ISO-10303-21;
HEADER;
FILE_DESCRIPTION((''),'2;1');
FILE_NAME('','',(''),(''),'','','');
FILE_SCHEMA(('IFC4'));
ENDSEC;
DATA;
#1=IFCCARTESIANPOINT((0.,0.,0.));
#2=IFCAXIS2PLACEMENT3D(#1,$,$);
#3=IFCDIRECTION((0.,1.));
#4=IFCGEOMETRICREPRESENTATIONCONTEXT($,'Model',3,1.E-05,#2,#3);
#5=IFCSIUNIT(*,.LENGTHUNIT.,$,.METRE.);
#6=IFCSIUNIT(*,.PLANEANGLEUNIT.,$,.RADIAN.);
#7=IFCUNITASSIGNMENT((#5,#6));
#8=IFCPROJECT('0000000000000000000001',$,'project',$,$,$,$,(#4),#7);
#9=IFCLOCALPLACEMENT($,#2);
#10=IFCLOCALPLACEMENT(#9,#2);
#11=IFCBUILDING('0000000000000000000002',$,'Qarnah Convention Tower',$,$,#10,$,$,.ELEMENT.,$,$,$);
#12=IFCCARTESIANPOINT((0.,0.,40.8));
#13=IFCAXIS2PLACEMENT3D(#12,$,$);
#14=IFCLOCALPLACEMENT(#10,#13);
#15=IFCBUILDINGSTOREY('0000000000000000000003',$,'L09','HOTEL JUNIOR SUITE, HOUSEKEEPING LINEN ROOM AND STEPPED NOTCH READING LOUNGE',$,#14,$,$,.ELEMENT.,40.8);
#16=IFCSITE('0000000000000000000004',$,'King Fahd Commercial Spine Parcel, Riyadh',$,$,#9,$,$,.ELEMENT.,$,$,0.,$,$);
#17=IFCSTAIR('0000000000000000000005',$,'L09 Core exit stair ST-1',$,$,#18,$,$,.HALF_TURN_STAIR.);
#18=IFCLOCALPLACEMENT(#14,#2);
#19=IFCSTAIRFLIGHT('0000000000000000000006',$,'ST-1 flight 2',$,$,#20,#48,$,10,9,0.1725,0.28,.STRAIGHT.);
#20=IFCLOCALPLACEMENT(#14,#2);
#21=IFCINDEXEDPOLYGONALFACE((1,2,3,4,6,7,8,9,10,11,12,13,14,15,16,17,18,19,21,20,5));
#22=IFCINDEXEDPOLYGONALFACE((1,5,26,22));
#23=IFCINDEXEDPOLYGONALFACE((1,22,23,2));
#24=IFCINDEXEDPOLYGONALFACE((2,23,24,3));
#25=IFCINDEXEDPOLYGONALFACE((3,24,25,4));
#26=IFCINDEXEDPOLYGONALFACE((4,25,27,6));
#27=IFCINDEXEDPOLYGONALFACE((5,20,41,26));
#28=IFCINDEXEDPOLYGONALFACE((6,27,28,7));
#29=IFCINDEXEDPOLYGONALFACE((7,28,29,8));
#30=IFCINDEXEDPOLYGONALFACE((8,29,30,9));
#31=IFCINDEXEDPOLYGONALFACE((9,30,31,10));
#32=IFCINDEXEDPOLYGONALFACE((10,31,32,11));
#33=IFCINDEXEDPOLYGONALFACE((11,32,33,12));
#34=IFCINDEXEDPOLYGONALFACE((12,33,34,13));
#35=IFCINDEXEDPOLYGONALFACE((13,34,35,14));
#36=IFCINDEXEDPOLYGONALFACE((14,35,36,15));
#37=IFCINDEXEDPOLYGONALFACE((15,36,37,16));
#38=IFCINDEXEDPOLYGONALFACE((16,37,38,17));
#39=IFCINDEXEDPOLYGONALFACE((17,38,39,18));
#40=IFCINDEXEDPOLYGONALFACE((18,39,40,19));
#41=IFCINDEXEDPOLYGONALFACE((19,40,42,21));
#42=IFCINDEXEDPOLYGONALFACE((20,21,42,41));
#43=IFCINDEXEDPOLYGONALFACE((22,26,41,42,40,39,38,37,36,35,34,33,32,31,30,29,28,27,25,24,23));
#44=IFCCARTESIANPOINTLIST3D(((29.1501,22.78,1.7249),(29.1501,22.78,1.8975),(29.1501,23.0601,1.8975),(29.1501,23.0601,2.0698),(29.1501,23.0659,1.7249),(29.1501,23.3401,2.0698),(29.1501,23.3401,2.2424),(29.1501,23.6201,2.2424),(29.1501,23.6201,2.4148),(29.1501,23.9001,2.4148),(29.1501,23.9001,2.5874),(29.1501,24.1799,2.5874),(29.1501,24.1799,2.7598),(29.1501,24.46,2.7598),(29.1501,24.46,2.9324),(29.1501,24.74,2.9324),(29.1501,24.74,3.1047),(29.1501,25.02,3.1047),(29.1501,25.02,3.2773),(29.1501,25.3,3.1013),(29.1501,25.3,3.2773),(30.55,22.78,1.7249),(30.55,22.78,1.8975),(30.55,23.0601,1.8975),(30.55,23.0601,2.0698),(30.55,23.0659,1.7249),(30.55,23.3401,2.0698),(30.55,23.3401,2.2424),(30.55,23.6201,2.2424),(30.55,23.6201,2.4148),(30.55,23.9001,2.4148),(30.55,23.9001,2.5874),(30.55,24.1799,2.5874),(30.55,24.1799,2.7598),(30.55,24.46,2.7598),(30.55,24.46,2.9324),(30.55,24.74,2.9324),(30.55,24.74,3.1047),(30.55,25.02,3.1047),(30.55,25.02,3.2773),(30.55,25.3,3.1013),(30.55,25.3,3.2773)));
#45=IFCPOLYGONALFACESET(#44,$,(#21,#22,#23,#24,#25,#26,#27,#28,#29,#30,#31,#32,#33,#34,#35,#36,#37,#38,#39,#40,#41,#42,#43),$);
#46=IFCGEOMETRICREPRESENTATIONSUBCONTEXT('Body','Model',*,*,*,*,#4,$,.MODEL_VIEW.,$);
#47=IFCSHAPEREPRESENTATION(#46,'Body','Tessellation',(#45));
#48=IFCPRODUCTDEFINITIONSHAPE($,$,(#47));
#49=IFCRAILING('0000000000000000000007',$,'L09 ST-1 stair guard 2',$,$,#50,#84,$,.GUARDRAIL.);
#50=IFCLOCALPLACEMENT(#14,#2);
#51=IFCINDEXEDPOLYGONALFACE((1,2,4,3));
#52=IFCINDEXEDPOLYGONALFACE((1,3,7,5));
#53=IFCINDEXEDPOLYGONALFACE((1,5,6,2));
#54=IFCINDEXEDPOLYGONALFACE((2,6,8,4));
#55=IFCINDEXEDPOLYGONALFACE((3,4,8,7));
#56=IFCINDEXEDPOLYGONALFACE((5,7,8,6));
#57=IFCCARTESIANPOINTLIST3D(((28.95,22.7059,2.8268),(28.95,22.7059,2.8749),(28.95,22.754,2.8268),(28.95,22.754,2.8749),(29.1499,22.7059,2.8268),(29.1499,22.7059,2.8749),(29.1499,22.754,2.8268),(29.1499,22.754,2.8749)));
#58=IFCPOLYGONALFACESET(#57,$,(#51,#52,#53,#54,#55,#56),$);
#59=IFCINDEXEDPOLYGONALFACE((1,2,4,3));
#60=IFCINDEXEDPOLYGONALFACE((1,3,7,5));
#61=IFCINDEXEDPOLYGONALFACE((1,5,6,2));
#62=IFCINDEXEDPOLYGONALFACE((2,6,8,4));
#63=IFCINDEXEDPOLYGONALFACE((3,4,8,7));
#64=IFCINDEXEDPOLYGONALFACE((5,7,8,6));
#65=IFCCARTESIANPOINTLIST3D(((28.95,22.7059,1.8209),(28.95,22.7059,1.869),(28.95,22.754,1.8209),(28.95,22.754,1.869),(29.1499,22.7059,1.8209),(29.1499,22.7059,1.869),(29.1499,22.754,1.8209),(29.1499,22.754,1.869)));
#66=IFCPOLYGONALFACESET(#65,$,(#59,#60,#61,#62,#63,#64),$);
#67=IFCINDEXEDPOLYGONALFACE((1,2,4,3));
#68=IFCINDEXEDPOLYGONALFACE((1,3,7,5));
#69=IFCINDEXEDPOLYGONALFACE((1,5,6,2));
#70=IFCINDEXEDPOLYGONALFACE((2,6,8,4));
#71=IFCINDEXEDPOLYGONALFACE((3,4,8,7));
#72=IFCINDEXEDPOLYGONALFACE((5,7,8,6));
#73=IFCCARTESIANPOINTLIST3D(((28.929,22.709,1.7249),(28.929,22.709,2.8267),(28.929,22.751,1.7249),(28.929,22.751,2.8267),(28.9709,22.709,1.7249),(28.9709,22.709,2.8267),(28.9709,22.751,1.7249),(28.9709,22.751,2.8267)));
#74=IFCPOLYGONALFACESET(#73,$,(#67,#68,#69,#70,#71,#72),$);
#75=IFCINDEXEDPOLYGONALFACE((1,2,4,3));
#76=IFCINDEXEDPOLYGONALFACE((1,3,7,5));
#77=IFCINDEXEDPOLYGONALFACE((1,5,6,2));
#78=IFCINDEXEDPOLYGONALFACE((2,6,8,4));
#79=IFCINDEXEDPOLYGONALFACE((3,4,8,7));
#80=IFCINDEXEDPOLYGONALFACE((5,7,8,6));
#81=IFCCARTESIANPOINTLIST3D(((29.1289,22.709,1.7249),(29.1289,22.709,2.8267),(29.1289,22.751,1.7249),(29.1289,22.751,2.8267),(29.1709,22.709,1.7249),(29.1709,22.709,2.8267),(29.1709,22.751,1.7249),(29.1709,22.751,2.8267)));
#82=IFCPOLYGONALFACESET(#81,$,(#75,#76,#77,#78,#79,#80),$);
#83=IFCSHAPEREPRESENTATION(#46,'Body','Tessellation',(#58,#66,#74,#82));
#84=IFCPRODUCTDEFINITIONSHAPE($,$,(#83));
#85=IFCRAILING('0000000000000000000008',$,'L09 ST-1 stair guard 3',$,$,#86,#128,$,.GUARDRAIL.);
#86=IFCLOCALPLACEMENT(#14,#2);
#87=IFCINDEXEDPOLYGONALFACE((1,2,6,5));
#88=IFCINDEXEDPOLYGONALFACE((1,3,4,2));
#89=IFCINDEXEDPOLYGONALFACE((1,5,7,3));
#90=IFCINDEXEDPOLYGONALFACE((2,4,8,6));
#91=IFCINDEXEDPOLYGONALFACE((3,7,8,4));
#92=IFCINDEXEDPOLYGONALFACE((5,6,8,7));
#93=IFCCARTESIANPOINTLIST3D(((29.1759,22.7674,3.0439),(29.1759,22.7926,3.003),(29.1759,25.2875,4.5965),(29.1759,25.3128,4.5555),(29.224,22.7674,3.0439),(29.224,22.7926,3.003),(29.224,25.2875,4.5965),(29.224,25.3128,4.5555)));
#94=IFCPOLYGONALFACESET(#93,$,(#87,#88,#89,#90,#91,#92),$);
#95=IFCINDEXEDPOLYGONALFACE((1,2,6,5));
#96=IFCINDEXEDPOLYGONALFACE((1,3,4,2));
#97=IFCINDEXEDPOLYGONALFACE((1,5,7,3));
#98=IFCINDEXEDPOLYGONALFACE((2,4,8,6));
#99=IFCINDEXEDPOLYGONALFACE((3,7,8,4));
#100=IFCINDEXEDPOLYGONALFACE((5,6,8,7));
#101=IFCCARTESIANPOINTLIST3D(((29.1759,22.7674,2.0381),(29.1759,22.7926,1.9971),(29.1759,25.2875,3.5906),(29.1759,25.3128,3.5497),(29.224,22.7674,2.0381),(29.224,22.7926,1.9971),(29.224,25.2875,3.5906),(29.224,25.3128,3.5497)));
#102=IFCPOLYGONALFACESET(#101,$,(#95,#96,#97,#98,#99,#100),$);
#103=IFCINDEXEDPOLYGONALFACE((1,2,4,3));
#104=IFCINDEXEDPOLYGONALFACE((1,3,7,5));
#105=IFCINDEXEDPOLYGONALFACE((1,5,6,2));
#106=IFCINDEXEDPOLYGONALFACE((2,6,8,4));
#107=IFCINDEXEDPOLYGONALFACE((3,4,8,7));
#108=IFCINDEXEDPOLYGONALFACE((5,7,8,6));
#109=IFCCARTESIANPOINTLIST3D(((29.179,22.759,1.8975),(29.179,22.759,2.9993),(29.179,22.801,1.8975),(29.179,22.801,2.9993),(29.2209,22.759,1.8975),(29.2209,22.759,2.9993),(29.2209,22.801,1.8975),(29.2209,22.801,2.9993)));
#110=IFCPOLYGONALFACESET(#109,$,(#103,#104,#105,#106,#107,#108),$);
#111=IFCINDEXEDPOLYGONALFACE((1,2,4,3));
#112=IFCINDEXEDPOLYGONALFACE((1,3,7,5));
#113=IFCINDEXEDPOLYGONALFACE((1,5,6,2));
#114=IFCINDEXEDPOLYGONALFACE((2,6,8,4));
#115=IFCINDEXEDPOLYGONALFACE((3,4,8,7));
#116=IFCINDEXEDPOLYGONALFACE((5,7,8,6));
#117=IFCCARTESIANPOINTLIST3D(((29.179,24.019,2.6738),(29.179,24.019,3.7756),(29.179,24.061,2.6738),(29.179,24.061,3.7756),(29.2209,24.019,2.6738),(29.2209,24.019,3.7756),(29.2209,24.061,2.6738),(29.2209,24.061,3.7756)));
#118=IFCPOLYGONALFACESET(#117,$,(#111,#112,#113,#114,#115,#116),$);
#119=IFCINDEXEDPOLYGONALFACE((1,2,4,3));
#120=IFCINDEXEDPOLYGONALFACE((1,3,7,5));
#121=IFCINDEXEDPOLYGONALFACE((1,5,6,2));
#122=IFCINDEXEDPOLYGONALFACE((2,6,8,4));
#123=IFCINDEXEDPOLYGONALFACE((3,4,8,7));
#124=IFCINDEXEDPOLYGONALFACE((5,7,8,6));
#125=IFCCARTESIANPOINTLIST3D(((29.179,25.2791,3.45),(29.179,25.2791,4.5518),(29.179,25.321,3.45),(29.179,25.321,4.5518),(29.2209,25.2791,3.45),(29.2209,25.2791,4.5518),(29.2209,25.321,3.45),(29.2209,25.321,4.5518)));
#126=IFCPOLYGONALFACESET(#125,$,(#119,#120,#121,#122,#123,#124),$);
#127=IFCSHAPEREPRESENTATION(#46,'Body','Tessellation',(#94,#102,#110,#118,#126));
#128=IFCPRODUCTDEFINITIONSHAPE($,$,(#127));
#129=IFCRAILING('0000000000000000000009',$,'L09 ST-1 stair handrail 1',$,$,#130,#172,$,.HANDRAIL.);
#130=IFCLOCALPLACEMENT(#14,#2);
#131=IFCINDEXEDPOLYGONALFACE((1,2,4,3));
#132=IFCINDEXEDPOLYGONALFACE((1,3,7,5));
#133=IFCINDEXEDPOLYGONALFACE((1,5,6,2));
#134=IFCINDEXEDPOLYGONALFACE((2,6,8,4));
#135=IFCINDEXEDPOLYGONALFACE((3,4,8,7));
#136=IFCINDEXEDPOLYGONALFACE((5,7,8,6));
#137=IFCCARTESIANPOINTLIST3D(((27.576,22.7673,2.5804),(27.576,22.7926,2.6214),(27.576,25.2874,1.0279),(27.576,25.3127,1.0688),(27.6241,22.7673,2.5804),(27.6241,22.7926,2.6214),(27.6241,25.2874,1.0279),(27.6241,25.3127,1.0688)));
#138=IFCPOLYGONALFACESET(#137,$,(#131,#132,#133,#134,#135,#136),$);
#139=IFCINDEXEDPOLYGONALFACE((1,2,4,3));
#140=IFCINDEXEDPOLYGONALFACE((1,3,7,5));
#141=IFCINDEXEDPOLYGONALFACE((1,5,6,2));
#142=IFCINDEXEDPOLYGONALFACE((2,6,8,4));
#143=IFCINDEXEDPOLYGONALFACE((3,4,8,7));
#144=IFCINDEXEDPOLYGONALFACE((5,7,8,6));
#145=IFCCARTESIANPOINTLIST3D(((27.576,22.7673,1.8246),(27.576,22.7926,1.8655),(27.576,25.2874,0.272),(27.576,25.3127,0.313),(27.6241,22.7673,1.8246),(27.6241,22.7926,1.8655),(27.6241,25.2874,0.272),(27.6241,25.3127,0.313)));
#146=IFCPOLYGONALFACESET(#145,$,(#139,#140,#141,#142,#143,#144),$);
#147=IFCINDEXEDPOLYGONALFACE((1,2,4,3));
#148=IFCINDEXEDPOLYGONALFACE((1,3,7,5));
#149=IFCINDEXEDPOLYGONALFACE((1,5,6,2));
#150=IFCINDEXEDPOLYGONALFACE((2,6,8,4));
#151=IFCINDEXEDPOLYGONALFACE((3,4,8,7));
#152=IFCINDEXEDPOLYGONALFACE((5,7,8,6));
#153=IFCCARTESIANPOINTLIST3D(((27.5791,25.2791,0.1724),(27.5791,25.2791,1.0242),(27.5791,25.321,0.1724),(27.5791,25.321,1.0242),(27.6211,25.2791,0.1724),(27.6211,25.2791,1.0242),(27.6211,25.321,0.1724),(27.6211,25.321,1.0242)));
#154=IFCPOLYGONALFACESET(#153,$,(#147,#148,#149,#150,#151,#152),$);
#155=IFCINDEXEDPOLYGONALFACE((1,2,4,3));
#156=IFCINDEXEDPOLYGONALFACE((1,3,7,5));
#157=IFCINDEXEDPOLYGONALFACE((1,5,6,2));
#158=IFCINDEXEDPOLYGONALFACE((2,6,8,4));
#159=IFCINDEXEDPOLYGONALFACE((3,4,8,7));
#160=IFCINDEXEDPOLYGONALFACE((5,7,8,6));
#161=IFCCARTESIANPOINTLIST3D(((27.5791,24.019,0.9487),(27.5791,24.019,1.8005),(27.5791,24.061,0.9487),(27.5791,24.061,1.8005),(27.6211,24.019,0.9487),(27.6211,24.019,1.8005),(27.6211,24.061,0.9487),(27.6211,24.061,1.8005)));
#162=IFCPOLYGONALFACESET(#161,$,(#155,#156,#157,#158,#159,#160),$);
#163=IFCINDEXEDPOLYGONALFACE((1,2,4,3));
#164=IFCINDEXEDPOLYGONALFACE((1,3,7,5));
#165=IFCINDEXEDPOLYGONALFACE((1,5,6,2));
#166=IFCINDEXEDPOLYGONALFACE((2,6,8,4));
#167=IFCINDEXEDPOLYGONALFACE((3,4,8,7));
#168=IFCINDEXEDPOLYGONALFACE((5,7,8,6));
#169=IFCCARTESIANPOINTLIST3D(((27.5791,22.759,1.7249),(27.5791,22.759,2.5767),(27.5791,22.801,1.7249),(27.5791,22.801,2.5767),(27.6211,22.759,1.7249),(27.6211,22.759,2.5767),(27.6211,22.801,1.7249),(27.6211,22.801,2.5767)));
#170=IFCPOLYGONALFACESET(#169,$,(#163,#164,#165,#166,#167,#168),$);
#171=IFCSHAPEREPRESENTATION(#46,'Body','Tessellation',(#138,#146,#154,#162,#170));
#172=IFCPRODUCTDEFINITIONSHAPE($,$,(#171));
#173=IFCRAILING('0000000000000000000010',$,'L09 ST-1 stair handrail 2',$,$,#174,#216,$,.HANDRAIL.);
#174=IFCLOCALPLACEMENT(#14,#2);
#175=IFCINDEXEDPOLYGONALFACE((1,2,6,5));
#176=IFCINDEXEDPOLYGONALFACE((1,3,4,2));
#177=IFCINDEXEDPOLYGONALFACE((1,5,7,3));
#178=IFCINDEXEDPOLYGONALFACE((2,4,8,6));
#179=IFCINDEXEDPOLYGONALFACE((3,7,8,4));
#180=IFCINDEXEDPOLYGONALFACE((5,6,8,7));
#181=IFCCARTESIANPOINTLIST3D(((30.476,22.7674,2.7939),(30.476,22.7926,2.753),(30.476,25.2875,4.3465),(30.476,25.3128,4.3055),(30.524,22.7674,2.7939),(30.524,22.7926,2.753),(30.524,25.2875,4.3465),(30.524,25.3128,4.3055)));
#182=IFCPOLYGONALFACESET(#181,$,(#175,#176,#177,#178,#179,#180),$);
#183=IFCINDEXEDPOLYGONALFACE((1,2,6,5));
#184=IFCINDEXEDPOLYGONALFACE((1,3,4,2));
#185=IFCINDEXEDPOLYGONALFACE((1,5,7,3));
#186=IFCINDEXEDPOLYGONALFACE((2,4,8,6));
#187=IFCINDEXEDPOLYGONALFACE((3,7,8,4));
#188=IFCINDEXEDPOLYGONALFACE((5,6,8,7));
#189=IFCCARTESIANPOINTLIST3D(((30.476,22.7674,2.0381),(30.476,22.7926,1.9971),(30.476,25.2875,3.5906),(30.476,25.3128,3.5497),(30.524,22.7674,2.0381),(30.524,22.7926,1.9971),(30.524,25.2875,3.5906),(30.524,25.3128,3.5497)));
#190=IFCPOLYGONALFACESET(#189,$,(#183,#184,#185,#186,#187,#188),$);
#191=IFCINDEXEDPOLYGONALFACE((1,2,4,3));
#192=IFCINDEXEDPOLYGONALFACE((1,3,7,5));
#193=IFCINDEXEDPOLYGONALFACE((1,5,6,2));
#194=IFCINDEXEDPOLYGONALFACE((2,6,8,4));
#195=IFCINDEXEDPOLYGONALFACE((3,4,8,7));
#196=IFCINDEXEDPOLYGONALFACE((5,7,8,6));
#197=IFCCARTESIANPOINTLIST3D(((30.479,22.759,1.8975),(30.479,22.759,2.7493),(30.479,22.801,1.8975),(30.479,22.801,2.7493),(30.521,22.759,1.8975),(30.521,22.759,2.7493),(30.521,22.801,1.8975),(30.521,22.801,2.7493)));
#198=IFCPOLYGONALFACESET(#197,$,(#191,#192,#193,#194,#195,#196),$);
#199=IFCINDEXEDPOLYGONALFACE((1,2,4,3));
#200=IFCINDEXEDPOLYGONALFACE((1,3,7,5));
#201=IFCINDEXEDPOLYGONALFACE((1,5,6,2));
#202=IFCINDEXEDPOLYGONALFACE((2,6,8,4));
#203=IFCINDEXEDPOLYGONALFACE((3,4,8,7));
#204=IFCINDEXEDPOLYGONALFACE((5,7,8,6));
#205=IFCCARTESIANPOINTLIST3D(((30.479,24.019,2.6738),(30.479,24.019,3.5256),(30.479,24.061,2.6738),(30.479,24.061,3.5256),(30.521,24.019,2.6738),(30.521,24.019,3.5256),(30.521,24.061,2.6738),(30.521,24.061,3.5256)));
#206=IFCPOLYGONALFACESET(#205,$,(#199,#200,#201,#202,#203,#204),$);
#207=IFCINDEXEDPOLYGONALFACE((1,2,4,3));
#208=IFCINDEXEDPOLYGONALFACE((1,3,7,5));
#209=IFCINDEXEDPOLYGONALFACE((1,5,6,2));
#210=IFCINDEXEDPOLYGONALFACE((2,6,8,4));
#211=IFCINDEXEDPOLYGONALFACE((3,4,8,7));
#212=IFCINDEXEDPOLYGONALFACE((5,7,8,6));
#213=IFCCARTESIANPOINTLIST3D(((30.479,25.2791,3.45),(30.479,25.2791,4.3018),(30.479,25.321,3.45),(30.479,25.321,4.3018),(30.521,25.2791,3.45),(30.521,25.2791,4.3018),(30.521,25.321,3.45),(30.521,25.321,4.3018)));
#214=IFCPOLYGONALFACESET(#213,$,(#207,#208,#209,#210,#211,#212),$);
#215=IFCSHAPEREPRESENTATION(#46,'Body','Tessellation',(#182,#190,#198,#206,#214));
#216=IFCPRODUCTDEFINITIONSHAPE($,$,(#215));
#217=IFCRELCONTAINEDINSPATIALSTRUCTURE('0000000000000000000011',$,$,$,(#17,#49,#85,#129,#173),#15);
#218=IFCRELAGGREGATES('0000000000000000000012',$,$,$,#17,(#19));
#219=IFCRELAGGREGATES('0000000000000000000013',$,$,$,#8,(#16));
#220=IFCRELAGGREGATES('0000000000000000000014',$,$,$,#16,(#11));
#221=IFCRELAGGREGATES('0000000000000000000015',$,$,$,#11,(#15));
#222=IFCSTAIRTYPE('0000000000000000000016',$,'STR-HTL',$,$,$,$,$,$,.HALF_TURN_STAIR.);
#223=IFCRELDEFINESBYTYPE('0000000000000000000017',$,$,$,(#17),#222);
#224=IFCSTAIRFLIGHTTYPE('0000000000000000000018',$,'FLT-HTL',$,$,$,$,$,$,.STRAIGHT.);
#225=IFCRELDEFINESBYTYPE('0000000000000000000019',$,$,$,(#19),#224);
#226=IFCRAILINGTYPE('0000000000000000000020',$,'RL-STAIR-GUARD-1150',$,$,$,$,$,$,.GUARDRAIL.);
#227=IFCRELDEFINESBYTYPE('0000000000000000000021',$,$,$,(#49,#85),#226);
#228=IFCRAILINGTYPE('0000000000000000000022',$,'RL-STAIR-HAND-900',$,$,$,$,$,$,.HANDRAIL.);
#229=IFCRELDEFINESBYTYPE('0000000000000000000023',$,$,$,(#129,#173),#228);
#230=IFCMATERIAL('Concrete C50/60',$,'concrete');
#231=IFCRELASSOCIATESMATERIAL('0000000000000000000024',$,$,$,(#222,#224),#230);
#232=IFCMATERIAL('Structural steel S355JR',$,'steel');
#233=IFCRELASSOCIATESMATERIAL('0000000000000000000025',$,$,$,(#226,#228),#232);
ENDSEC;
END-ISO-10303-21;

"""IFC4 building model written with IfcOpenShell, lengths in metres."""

from ifc_helpers import new_model, si_unit, direction, frame, origin, origin_2d, place, context, subcontext, project, spatial, polyline, rectangle, outline, extrude, material, type_object, element, aggregate, save


model = new_model("IFC4")

# Units and contexts
model_context = context("Model", 3, precision=1e-05, world=origin(), true_north=direction((0.0, 1.0)))
body_context = subcontext(model_context, "Body", "Model", "MODEL_VIEW")
ifc_project = project(units=[si_unit("LENGTHUNIT", "METRE"), si_unit("PLANEANGLEUNIT", "RADIAN")], contexts=[model_context])

# Site, building, storey
site_placement = place(None, origin())
site = spatial("IfcSite", under=ifc_project, at=site_placement, Name="King Fahd Commercial Spine Parcel, Riyadh", CompositionType="ELEMENT", RefElevation=0.0)
building_placement = place(site_placement, origin())
building = spatial("IfcBuilding", under=site, at=building_placement, Name="Qarnah Convention Tower", CompositionType="ELEMENT")
storey_placement = place(building_placement, frame((0.0, 0.0, 40.8)))
storey = spatial("IfcBuildingStorey", under=building, at=storey_placement, Name="L09", Description="HOTEL JUNIOR SUITE, HOUSEKEEPING LINEN ROOM AND STEPPED NOTCH READING LOUNGE", CompositionType="ELEMENT", Elevation=40.8)

# Shared definitions
ifc_material_1 = material(Name="Structural steel S355JR", Category="steel")

# Stair, stair flight
ifc_material_2 = material(Name="Concrete C50/60", Category="concrete")
stair_type = type_object("IfcStairType", Name="STR-HTL", PredefinedType="HALF_TURN_STAIR", material=ifc_material_2)
stair_placement = place(storey_placement, origin())
stair = element("IfcStair", 1, at=stair_placement, inside=storey, type_object=stair_type, Name="L09 Core exit stair ST-1", PredefinedType="HALF_TURN_STAIR")
stair_flight_type = type_object("IfcStairFlightType", Name="FLT-HTL", PredefinedType="STRAIGHT", material=ifc_material_2)
stair_flight_placement = place(storey_placement, frame((29.8501, 22.78, 1.7249), z_axis=(0.0, 0.0, 1.0), x_axis=(0.0, 1.0, 0.0)))
stair_flight = element("IfcStairFlight", 2, at=stair_flight_placement, type_object=stair_flight_type, Name="ST-1 flight 2", NumberOfRisers=10, NumberOfTreads=9, PredefinedType="STRAIGHT", RiserHeight=0.1725, TreadLength=0.28, context=body_context, shape_type="SweptSolid", body=[
    extrude(outline(polyline([(0.0, 0.0), (0.0, 0.1726), (0.28, 0.1726), (0.28, 0.345), (0.5601, 0.345), (0.5601, 0.5176), (0.8401, 0.5176), (0.8401, 0.6899), (1.1201, 0.6899), (1.1201, 0.8625), (1.3999, 0.8625), (1.3999, 1.0349), (1.6799, 1.0349), (1.6799, 1.2075), (1.96, 1.2075), (1.96, 1.3799), (2.24, 1.3799), (2.24, 1.5525), (2.52, 1.5525), (2.52, 1.7251), (2.52, 1.3765), (0.2859, 0.0), (0.0, 0.0)])), frame((0.0, 0.7, 0.0), z_axis=(0.0, -1.0, 0.0), x_axis=(1.0, 0.0, 0.0)), (0.0, 0.0, 1.0), 1.3999),
])
aggregate(stair, [stair_flight])

# Railings
railing_type_1 = type_object("IfcRailingType", Name="RL-STAIR-GUARD-1150", PredefinedType="GUARDRAIL", material=ifc_material_1)
railing_1_placement = place(storey_placement, frame((28.95, 22.73, 1.7249)))
element("IfcRailing", 3, at=railing_1_placement, inside=storey, type_object=railing_type_1, Name="L09 ST-1 stair guard 2", PredefinedType="GUARDRAIL", context=body_context, shape_type="SweptSolid", body=[
    extrude(rectangle(XDim=0.0481, YDim=0.0481, at=origin_2d()), frame((0.0, 0.0, 1.126), z_axis=(1.0, 0.0, 0.0), x_axis=(0.0, 1.0, 0.0)), (0.0, 0.0, 1.0), 0.2),
    extrude(rectangle(XDim=0.0481, YDim=0.0481, at=origin_2d()), frame((0.0, 0.0, 0.1201), z_axis=(1.0, 0.0, 0.0), x_axis=(0.0, 1.0, 0.0)), (0.0, 0.0, 1.0), 0.2),
    extrude(rectangle(XDim=0.042, YDim=0.042, at=origin_2d()), origin(), (0.0, 0.0, 1.0), 1.1018),
    extrude(rectangle(XDim=0.042, YDim=0.042, at=origin_2d()), frame((0.2, 0.0, 0.0)), (0.0, 0.0, 1.0), 1.1018),
])
railing_2_placement = place(storey_placement, frame((29.2, 22.78, 1.8975)))
element("IfcRailing", 4, at=railing_2_placement, inside=storey, type_object=railing_type_1, Name="L09 ST-1 stair guard 3", PredefinedType="GUARDRAIL", context=body_context, shape_type="SweptSolid", body=[
    extrude(rectangle(XDim=0.0481, YDim=0.0481, at=origin_2d()), frame((0.0, 0.0, 1.126), z_axis=(0.0, 0.8514, 0.524516), x_axis=(-1.0, 0.0, 0.0)), (0.0, 0.0, 1.0), 2.96),
    extrude(rectangle(XDim=0.0481, YDim=0.0481, at=origin_2d()), frame((0.0, 0.0, 0.1201), z_axis=(0.0, 0.8514, 0.524516), x_axis=(-1.0, 0.0, 0.0)), (0.0, 0.0, 1.0), 2.96),
    extrude(rectangle(XDim=0.042, YDim=0.042, at=origin_2d()), origin(), (0.0, 0.0, 1.0), 1.1018),
    extrude(rectangle(XDim=0.042, YDim=0.042, at=origin_2d()), frame((0.0, 1.26, 0.7764)), (0.0, 0.0, 1.0), 1.1018),
    extrude(rectangle(XDim=0.042, YDim=0.042, at=origin_2d()), frame((0.0, 2.52, 1.5525)), (0.0, 0.0, 1.0), 1.1018),
])
railing_type_2 = type_object("IfcRailingType", Name="RL-STAIR-HAND-900", PredefinedType="HANDRAIL", material=ifc_material_1)
railing_3_placement = place(storey_placement, frame((27.6001, 25.3, 0.1724)))
element("IfcRailing", 5, at=railing_3_placement, inside=storey, type_object=railing_type_2, Name="L09 ST-1 stair handrail 1", PredefinedType="HANDRAIL", context=body_context, shape_type="SweptSolid", body=[
    extrude(rectangle(XDim=0.0481, YDim=0.0481, at=origin_2d()), frame((0.0, 0.0, 0.876), z_axis=(0.0, -0.8514, 0.524516), x_axis=(1.0, 0.0, 0.0)), (0.0, 0.0, 1.0), 2.96),
    extrude(rectangle(XDim=0.0481, YDim=0.0481, at=origin_2d()), frame((0.0, 0.0, 0.1201), z_axis=(0.0, -0.8514, 0.524516), x_axis=(1.0, 0.0, 0.0)), (0.0, 0.0, 1.0), 2.96),
    extrude(rectangle(XDim=0.042, YDim=0.042, at=origin_2d()), origin(), (0.0, 0.0, 1.0), 0.8518),
    extrude(rectangle(XDim=0.042, YDim=0.042, at=origin_2d()), frame((0.0, -1.26, 0.7764)), (0.0, 0.0, 1.0), 0.8518),
    extrude(rectangle(XDim=0.042, YDim=0.042, at=origin_2d()), frame((0.0, -2.52, 1.5525)), (0.0, 0.0, 1.0), 0.8518),
])
railing_4_placement = place(storey_placement, frame((30.5, 22.78, 1.8975)))
element("IfcRailing", 6, at=railing_4_placement, inside=storey, type_object=railing_type_2, Name="L09 ST-1 stair handrail 2", PredefinedType="HANDRAIL", context=body_context, shape_type="SweptSolid", body=[
    extrude(rectangle(XDim=0.0481, YDim=0.0481, at=origin_2d()), frame((0.0, 0.0, 0.876), z_axis=(0.0, 0.8514, 0.524516), x_axis=(-1.0, 0.0, 0.0)), (0.0, 0.0, 1.0), 2.96),
    extrude(rectangle(XDim=0.0481, YDim=0.0481, at=origin_2d()), frame((0.0, 0.0, 0.1201), z_axis=(0.0, 0.8514, 0.524516), x_axis=(-1.0, 0.0, 0.0)), (0.0, 0.0, 1.0), 2.96),
    extrude(rectangle(XDim=0.042, YDim=0.042, at=origin_2d()), origin(), (0.0, 0.0, 1.0), 0.8518),
    extrude(rectangle(XDim=0.042, YDim=0.042, at=origin_2d()), frame((0.0, 1.26, 0.7764)), (0.0, 0.0, 1.0), 0.8518),
    extrude(rectangle(XDim=0.042, YDim=0.042, at=origin_2d()), frame((0.0, 2.52, 1.5525)), (0.0, 0.0, 1.0), 0.8518),
])

save(model, "model.ifc")
